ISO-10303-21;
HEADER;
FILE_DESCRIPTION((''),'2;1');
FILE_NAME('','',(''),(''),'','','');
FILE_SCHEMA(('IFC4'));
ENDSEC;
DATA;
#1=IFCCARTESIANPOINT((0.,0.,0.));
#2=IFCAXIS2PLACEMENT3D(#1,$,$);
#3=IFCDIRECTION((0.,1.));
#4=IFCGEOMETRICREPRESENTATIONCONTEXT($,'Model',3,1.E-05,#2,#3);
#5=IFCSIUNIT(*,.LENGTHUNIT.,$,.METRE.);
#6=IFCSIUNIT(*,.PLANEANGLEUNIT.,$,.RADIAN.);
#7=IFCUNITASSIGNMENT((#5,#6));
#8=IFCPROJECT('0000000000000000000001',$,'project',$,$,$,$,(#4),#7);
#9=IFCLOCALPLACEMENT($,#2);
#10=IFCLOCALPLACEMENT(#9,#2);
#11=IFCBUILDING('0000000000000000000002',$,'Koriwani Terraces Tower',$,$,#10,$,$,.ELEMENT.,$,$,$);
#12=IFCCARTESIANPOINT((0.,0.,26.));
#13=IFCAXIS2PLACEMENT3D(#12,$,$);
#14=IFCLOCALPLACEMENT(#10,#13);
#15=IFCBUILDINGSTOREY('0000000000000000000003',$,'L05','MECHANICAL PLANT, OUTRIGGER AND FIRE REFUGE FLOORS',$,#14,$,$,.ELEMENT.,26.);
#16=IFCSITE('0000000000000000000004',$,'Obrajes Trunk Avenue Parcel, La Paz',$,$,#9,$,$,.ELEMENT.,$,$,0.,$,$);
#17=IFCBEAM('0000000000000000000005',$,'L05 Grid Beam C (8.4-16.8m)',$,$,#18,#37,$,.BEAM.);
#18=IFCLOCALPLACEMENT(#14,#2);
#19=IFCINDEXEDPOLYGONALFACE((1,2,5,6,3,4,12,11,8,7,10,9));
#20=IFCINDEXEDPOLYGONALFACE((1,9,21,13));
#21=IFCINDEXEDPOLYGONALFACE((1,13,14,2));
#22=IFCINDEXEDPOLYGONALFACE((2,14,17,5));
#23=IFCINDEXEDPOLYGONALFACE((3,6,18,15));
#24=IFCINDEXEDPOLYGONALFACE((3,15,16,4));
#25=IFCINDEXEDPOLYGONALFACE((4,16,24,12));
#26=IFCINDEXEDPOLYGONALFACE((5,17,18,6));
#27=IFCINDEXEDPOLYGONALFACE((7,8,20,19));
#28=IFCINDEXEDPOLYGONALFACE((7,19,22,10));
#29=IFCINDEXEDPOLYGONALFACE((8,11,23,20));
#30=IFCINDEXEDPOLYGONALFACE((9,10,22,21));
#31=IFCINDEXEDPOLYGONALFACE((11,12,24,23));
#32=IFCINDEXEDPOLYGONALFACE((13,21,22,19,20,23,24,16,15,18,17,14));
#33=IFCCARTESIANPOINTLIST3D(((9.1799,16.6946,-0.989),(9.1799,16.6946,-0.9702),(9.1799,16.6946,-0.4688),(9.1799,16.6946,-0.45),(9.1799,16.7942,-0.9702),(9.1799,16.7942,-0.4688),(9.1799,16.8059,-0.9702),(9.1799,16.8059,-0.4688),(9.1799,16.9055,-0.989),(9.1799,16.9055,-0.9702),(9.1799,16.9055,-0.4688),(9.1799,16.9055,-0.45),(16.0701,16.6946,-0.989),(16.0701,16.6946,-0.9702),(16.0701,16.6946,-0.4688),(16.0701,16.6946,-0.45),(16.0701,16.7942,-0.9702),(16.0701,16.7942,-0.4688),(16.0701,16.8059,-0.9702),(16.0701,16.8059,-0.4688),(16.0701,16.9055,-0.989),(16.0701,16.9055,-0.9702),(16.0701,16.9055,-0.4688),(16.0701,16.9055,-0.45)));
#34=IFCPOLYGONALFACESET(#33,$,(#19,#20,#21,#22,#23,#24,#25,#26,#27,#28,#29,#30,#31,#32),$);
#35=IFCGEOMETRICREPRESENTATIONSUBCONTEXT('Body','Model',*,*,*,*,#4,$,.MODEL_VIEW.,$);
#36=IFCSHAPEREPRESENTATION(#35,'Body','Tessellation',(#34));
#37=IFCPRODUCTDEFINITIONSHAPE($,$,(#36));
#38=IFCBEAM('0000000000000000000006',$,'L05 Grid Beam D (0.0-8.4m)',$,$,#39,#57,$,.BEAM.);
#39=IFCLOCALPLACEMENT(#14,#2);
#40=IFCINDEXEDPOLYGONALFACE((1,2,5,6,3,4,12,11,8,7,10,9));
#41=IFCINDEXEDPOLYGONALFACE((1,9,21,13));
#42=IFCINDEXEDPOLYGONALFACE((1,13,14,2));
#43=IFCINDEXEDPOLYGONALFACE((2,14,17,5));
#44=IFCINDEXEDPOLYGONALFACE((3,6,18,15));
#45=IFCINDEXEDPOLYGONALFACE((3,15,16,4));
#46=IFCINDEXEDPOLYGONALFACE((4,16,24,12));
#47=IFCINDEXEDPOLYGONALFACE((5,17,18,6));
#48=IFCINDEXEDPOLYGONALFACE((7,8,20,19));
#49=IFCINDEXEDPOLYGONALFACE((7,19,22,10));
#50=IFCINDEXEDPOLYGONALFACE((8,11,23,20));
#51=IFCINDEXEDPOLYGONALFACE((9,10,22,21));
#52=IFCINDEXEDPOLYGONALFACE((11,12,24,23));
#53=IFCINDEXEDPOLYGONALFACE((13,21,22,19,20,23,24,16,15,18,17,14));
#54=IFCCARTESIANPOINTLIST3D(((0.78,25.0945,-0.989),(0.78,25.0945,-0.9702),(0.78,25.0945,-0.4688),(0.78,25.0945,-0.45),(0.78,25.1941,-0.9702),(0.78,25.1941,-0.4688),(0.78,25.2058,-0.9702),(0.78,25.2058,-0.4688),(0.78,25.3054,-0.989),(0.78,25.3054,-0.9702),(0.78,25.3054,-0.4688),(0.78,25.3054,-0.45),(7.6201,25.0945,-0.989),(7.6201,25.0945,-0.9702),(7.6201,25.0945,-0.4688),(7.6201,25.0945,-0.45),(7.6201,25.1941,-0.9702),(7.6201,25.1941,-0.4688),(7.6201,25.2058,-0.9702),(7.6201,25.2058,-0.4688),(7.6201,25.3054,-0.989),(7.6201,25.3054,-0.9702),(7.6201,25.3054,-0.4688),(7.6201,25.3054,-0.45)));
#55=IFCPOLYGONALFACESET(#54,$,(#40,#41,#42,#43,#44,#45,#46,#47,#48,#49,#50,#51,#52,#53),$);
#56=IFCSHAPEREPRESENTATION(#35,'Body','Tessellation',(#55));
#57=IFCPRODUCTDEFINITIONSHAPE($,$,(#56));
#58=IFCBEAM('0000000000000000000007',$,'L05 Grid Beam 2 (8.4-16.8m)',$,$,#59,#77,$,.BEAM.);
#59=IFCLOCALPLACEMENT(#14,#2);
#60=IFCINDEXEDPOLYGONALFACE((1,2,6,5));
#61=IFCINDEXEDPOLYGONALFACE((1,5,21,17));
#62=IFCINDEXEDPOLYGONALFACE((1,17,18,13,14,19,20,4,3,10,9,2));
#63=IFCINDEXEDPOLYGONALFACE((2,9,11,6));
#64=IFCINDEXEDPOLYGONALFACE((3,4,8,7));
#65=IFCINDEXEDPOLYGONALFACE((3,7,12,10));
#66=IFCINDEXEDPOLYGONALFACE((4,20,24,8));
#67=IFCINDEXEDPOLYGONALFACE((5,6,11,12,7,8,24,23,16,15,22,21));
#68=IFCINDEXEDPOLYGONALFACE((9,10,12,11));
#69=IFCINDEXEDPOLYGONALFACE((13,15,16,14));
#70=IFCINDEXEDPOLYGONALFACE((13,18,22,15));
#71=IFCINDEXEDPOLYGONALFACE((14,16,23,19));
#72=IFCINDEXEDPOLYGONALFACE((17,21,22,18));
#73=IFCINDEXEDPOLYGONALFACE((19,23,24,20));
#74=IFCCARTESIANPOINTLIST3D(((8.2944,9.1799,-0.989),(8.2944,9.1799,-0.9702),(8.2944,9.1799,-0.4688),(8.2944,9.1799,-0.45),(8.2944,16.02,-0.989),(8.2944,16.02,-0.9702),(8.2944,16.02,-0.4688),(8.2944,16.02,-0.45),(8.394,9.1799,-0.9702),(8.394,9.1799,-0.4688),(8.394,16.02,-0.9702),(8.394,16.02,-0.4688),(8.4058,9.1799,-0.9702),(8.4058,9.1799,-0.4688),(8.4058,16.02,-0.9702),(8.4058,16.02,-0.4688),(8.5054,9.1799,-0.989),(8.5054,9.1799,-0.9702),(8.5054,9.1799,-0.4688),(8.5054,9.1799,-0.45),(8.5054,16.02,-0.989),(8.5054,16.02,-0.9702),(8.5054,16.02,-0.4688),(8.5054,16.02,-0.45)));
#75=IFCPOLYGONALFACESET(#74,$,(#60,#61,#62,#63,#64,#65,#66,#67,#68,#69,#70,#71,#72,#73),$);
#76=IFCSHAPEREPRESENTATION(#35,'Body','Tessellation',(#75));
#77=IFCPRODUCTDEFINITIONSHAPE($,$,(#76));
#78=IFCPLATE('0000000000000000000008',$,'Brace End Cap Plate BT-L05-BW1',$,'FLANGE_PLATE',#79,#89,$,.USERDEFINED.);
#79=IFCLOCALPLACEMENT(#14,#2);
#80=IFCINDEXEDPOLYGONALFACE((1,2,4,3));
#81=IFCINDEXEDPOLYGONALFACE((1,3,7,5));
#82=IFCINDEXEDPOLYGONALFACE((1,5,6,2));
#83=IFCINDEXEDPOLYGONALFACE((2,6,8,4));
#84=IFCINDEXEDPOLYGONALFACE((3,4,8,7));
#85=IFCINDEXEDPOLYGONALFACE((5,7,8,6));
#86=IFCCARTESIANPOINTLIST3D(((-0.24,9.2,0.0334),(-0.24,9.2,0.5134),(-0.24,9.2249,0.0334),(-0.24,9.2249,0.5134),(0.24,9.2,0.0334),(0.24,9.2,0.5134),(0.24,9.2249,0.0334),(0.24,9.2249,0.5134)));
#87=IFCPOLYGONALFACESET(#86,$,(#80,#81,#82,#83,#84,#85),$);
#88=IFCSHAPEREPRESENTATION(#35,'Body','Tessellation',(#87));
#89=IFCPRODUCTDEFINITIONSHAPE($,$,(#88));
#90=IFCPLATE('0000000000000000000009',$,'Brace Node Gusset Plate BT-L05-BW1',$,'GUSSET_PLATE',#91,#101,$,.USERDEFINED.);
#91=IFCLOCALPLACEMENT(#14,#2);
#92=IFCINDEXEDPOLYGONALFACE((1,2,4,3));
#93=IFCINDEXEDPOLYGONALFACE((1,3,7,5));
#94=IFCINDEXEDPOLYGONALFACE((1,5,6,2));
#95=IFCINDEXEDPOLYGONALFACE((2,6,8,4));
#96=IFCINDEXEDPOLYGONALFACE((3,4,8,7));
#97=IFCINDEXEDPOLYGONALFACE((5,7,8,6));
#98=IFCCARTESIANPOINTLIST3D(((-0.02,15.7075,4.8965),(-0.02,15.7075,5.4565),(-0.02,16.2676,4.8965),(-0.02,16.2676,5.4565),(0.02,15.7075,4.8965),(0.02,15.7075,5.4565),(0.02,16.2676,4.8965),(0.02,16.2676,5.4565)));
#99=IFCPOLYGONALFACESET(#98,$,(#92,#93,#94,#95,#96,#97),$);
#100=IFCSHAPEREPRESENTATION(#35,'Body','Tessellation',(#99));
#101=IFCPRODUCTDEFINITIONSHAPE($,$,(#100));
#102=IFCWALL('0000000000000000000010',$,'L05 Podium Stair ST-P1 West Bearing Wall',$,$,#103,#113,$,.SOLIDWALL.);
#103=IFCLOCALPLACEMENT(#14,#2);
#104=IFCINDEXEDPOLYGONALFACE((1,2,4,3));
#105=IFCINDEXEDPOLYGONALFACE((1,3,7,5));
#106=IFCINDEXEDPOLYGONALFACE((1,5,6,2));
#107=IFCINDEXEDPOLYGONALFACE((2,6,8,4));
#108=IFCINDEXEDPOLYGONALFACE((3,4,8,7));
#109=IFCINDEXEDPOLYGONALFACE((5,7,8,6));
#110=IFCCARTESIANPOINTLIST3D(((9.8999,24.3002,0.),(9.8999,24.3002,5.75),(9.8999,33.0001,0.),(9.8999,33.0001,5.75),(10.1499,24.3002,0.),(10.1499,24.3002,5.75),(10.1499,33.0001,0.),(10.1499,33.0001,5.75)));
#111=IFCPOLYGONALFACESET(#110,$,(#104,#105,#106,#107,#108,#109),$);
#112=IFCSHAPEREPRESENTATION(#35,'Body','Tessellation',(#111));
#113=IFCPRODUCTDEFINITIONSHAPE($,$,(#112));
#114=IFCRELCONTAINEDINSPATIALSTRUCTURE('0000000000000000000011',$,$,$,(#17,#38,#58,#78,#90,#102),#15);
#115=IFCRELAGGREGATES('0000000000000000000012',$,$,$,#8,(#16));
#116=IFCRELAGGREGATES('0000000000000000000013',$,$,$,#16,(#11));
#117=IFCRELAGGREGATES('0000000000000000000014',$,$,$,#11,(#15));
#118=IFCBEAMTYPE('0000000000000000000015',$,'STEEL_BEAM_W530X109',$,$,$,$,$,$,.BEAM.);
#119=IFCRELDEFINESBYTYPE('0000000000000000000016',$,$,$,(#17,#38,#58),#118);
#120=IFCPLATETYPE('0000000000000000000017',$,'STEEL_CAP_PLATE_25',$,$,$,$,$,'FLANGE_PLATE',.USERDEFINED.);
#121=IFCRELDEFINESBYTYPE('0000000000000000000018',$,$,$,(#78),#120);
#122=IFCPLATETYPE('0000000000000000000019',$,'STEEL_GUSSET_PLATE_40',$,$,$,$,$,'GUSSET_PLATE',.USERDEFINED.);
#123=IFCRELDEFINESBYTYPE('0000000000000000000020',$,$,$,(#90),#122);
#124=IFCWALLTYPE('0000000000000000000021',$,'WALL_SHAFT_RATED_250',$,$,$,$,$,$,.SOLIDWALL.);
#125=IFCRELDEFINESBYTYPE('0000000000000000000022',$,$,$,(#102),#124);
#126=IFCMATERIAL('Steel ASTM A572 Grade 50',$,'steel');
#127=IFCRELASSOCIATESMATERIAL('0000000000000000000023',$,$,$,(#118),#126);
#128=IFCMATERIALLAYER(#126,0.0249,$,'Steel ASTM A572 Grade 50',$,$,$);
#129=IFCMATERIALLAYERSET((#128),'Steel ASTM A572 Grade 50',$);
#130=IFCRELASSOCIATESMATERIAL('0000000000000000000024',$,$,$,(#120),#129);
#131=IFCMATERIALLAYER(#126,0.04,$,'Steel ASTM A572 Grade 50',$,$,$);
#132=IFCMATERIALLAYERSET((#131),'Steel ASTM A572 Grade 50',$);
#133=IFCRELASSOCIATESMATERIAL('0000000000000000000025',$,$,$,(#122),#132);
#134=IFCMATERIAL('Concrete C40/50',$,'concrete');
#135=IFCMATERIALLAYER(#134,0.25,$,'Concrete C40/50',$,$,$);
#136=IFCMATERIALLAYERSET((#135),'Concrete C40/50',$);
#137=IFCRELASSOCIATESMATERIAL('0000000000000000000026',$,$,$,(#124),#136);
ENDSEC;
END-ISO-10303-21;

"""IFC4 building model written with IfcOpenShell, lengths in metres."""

from ifc_helpers import new_model, si_unit, direction, frame, frame_2d, origin, origin_2d, place, context, subcontext, project, spatial, rectangle, i_section, extrude, material, layer, layer_set, material_profile, profile_set, type_object, element, save


model = new_model("IFC4")

# Units and contexts
model_context = context("Model", 3, precision=1e-05, world=origin(), true_north=direction((0.0, 1.0)))
body_context = subcontext(model_context, "Body", "Model", "MODEL_VIEW")
ifc_project = project(units=[si_unit("LENGTHUNIT", "METRE"), si_unit("PLANEANGLEUNIT", "RADIAN")], contexts=[model_context])

# Site, building, storey
site_placement = place(None, origin())
site = spatial("IfcSite", under=ifc_project, at=site_placement, Name="Obrajes Trunk Avenue Parcel, La Paz", CompositionType="ELEMENT", RefElevation=0.0)
building_placement = place(site_placement, origin())
building = spatial("IfcBuilding", under=site, at=building_placement, Name="Koriwani Terraces Tower", CompositionType="ELEMENT")
storey_placement = place(building_placement, frame((0.0, 0.0, 26.0)))
storey = spatial("IfcBuildingStorey", under=building, at=storey_placement, Name="L05", Description="MECHANICAL PLANT, OUTRIGGER AND FIRE REFUGE FLOORS", CompositionType="ELEMENT", Elevation=26.0)

# Shared definitions
ifc_material_1 = material(Name="Steel ASTM A572 Grade 50", Category="steel")

# Beams
ifc_material_profile_1 = material_profile(ifc_material_1, i_section(OverallWidth=0.2109, OverallDepth=0.5391, WebThickness=0.0117, FlangeThickness=0.0188, at=origin_2d()), Name="Steel ASTM A572 Grade 50", Category="LoadBearing")
ifc_profile_set_1 = profile_set([ifc_material_profile_1], Name="Steel ASTM A572 Grade 50")
beam_type_1 = type_object("IfcBeamType", Name="STEEL_BEAM_W530X109", PredefinedType="BEAM", material=ifc_profile_set_1)
beam_1_placement = place(storey_placement, frame((9.1799, 16.8, -0.7195), z_axis=(1.0, 0.0, 0.0), x_axis=(0.0, 1.0, 0.0)))
element("IfcBeam", 1, at=beam_1_placement, inside=storey, type_object=beam_type_1, Name="L05 Grid Beam C (8.4-16.8m)", PredefinedType="BEAM", context=body_context, shape_type="SweptSolid", body=[
    extrude(i_section(OverallWidth=0.2109, OverallDepth=0.5391, WebThickness=0.0117, FlangeThickness=0.0188, at=origin_2d()), origin(), (0.0, 0.0, 1.0), 6.8901),
])
for number, where, z_axis, x_axis, name in (
    (2, (0.78, 25.2, -0.7195), (1.0, 0.0, 0.0), (0.0, 1.0, 0.0), "L05 Grid Beam D (0.0-8.4m)"),
    (3, (8.3999, 9.1799, -0.7195), (0.0, 1.0, 0.0), (-1.0, 0.0, 0.0), "L05 Grid Beam 2 (8.4-16.8m)"),
):
    element("IfcBeam", number, at=place(storey_placement, frame(where, z_axis=z_axis, x_axis=x_axis)), inside=storey, type_object=beam_type_1, Name=name, PredefinedType="BEAM", context=body_context, shape_type="SweptSolid", body=[
        extrude(i_section(OverallWidth=0.2109, OverallDepth=0.5391, WebThickness=0.0117, FlangeThickness=0.0188, at=origin_2d()), origin(), (0.0, 0.0, 1.0), 6.8401),
    ])

# Plates
ifc_layer_1 = layer(ifc_material_1, 0.0249, Name="Steel ASTM A572 Grade 50")
ifc_layer_set_1 = layer_set([ifc_layer_1], Name="Steel ASTM A572 Grade 50")
plate_type_1 = type_object("IfcPlateType", Name="STEEL_CAP_PLATE_25", ElementType="FLANGE_PLATE", PredefinedType="USERDEFINED", material=ifc_layer_set_1)
plate_1_placement = place(storey_placement, frame((0.0, 9.2124, 0.0334), z_axis=(0.0, 0.0, 1.0), x_axis=(0.0, 1.0, 0.0)))
element("IfcPlate", 4, at=plate_1_placement, inside=storey, type_object=plate_type_1, Name="Brace End Cap Plate BT-L05-BW1", ObjectType="FLANGE_PLATE", PredefinedType="USERDEFINED", context=body_context, shape_type="SweptSolid", body=[
    extrude(rectangle(XDim=0.0249, YDim=0.48, at=origin_2d()), origin(), (0.0, 0.0, 1.0), 0.48),
])
ifc_layer_2 = layer(ifc_material_1, 0.04, Name="Steel ASTM A572 Grade 50")
ifc_layer_set_2 = layer_set([ifc_layer_2], Name="Steel ASTM A572 Grade 50")
plate_type_2 = type_object("IfcPlateType", Name="STEEL_GUSSET_PLATE_40", ElementType="GUSSET_PLATE", PredefinedType="USERDEFINED", material=ifc_layer_set_2)
plate_2_placement = place(storey_placement, frame((0.0, 15.9875, 4.8965), z_axis=(0.0, 0.0, 1.0), x_axis=(0.0, 1.0, 0.0)))
element("IfcPlate", 5, at=plate_2_placement, inside=storey, type_object=plate_type_2, Name="Brace Node Gusset Plate BT-L05-BW1", ObjectType="GUSSET_PLATE", PredefinedType="USERDEFINED", context=body_context, shape_type="SweptSolid", body=[
    extrude(rectangle(XDim=0.5601, YDim=0.04, at=origin_2d()), origin(), (0.0, 0.0, 1.0), 0.5601),
])

# Wall
ifc_material_2 = material(Name="Concrete C40/50", Category="concrete")
ifc_layer_3 = layer(ifc_material_2, 0.25, Name="Concrete C40/50")
ifc_layer_set_3 = layer_set([ifc_layer_3], Name="Concrete C40/50")
wall_type = type_object("IfcWallType", Name="WALL_SHAFT_RATED_250", PredefinedType="SOLIDWALL", material=ifc_layer_set_3)
wall_1_placement = place(storey_placement, frame((10.0249, 24.3, 0.0), z_axis=(0.0, 0.0, 1.0), x_axis=(0.0, 1.0, 0.0)))
element("IfcWall", 6, at=wall_1_placement, inside=storey, type_object=wall_type, Name="L05 Podium Stair ST-P1 West Bearing Wall", PredefinedType="SOLIDWALL", context=body_context, shape_type="SweptSolid", body=[
    extrude(rectangle(XDim=8.7, YDim=0.25, at=frame_2d((4.3501, 0.0))), origin(), (0.0, 0.0, 1.0), 5.75),
])

save(model, "model.ifc")
